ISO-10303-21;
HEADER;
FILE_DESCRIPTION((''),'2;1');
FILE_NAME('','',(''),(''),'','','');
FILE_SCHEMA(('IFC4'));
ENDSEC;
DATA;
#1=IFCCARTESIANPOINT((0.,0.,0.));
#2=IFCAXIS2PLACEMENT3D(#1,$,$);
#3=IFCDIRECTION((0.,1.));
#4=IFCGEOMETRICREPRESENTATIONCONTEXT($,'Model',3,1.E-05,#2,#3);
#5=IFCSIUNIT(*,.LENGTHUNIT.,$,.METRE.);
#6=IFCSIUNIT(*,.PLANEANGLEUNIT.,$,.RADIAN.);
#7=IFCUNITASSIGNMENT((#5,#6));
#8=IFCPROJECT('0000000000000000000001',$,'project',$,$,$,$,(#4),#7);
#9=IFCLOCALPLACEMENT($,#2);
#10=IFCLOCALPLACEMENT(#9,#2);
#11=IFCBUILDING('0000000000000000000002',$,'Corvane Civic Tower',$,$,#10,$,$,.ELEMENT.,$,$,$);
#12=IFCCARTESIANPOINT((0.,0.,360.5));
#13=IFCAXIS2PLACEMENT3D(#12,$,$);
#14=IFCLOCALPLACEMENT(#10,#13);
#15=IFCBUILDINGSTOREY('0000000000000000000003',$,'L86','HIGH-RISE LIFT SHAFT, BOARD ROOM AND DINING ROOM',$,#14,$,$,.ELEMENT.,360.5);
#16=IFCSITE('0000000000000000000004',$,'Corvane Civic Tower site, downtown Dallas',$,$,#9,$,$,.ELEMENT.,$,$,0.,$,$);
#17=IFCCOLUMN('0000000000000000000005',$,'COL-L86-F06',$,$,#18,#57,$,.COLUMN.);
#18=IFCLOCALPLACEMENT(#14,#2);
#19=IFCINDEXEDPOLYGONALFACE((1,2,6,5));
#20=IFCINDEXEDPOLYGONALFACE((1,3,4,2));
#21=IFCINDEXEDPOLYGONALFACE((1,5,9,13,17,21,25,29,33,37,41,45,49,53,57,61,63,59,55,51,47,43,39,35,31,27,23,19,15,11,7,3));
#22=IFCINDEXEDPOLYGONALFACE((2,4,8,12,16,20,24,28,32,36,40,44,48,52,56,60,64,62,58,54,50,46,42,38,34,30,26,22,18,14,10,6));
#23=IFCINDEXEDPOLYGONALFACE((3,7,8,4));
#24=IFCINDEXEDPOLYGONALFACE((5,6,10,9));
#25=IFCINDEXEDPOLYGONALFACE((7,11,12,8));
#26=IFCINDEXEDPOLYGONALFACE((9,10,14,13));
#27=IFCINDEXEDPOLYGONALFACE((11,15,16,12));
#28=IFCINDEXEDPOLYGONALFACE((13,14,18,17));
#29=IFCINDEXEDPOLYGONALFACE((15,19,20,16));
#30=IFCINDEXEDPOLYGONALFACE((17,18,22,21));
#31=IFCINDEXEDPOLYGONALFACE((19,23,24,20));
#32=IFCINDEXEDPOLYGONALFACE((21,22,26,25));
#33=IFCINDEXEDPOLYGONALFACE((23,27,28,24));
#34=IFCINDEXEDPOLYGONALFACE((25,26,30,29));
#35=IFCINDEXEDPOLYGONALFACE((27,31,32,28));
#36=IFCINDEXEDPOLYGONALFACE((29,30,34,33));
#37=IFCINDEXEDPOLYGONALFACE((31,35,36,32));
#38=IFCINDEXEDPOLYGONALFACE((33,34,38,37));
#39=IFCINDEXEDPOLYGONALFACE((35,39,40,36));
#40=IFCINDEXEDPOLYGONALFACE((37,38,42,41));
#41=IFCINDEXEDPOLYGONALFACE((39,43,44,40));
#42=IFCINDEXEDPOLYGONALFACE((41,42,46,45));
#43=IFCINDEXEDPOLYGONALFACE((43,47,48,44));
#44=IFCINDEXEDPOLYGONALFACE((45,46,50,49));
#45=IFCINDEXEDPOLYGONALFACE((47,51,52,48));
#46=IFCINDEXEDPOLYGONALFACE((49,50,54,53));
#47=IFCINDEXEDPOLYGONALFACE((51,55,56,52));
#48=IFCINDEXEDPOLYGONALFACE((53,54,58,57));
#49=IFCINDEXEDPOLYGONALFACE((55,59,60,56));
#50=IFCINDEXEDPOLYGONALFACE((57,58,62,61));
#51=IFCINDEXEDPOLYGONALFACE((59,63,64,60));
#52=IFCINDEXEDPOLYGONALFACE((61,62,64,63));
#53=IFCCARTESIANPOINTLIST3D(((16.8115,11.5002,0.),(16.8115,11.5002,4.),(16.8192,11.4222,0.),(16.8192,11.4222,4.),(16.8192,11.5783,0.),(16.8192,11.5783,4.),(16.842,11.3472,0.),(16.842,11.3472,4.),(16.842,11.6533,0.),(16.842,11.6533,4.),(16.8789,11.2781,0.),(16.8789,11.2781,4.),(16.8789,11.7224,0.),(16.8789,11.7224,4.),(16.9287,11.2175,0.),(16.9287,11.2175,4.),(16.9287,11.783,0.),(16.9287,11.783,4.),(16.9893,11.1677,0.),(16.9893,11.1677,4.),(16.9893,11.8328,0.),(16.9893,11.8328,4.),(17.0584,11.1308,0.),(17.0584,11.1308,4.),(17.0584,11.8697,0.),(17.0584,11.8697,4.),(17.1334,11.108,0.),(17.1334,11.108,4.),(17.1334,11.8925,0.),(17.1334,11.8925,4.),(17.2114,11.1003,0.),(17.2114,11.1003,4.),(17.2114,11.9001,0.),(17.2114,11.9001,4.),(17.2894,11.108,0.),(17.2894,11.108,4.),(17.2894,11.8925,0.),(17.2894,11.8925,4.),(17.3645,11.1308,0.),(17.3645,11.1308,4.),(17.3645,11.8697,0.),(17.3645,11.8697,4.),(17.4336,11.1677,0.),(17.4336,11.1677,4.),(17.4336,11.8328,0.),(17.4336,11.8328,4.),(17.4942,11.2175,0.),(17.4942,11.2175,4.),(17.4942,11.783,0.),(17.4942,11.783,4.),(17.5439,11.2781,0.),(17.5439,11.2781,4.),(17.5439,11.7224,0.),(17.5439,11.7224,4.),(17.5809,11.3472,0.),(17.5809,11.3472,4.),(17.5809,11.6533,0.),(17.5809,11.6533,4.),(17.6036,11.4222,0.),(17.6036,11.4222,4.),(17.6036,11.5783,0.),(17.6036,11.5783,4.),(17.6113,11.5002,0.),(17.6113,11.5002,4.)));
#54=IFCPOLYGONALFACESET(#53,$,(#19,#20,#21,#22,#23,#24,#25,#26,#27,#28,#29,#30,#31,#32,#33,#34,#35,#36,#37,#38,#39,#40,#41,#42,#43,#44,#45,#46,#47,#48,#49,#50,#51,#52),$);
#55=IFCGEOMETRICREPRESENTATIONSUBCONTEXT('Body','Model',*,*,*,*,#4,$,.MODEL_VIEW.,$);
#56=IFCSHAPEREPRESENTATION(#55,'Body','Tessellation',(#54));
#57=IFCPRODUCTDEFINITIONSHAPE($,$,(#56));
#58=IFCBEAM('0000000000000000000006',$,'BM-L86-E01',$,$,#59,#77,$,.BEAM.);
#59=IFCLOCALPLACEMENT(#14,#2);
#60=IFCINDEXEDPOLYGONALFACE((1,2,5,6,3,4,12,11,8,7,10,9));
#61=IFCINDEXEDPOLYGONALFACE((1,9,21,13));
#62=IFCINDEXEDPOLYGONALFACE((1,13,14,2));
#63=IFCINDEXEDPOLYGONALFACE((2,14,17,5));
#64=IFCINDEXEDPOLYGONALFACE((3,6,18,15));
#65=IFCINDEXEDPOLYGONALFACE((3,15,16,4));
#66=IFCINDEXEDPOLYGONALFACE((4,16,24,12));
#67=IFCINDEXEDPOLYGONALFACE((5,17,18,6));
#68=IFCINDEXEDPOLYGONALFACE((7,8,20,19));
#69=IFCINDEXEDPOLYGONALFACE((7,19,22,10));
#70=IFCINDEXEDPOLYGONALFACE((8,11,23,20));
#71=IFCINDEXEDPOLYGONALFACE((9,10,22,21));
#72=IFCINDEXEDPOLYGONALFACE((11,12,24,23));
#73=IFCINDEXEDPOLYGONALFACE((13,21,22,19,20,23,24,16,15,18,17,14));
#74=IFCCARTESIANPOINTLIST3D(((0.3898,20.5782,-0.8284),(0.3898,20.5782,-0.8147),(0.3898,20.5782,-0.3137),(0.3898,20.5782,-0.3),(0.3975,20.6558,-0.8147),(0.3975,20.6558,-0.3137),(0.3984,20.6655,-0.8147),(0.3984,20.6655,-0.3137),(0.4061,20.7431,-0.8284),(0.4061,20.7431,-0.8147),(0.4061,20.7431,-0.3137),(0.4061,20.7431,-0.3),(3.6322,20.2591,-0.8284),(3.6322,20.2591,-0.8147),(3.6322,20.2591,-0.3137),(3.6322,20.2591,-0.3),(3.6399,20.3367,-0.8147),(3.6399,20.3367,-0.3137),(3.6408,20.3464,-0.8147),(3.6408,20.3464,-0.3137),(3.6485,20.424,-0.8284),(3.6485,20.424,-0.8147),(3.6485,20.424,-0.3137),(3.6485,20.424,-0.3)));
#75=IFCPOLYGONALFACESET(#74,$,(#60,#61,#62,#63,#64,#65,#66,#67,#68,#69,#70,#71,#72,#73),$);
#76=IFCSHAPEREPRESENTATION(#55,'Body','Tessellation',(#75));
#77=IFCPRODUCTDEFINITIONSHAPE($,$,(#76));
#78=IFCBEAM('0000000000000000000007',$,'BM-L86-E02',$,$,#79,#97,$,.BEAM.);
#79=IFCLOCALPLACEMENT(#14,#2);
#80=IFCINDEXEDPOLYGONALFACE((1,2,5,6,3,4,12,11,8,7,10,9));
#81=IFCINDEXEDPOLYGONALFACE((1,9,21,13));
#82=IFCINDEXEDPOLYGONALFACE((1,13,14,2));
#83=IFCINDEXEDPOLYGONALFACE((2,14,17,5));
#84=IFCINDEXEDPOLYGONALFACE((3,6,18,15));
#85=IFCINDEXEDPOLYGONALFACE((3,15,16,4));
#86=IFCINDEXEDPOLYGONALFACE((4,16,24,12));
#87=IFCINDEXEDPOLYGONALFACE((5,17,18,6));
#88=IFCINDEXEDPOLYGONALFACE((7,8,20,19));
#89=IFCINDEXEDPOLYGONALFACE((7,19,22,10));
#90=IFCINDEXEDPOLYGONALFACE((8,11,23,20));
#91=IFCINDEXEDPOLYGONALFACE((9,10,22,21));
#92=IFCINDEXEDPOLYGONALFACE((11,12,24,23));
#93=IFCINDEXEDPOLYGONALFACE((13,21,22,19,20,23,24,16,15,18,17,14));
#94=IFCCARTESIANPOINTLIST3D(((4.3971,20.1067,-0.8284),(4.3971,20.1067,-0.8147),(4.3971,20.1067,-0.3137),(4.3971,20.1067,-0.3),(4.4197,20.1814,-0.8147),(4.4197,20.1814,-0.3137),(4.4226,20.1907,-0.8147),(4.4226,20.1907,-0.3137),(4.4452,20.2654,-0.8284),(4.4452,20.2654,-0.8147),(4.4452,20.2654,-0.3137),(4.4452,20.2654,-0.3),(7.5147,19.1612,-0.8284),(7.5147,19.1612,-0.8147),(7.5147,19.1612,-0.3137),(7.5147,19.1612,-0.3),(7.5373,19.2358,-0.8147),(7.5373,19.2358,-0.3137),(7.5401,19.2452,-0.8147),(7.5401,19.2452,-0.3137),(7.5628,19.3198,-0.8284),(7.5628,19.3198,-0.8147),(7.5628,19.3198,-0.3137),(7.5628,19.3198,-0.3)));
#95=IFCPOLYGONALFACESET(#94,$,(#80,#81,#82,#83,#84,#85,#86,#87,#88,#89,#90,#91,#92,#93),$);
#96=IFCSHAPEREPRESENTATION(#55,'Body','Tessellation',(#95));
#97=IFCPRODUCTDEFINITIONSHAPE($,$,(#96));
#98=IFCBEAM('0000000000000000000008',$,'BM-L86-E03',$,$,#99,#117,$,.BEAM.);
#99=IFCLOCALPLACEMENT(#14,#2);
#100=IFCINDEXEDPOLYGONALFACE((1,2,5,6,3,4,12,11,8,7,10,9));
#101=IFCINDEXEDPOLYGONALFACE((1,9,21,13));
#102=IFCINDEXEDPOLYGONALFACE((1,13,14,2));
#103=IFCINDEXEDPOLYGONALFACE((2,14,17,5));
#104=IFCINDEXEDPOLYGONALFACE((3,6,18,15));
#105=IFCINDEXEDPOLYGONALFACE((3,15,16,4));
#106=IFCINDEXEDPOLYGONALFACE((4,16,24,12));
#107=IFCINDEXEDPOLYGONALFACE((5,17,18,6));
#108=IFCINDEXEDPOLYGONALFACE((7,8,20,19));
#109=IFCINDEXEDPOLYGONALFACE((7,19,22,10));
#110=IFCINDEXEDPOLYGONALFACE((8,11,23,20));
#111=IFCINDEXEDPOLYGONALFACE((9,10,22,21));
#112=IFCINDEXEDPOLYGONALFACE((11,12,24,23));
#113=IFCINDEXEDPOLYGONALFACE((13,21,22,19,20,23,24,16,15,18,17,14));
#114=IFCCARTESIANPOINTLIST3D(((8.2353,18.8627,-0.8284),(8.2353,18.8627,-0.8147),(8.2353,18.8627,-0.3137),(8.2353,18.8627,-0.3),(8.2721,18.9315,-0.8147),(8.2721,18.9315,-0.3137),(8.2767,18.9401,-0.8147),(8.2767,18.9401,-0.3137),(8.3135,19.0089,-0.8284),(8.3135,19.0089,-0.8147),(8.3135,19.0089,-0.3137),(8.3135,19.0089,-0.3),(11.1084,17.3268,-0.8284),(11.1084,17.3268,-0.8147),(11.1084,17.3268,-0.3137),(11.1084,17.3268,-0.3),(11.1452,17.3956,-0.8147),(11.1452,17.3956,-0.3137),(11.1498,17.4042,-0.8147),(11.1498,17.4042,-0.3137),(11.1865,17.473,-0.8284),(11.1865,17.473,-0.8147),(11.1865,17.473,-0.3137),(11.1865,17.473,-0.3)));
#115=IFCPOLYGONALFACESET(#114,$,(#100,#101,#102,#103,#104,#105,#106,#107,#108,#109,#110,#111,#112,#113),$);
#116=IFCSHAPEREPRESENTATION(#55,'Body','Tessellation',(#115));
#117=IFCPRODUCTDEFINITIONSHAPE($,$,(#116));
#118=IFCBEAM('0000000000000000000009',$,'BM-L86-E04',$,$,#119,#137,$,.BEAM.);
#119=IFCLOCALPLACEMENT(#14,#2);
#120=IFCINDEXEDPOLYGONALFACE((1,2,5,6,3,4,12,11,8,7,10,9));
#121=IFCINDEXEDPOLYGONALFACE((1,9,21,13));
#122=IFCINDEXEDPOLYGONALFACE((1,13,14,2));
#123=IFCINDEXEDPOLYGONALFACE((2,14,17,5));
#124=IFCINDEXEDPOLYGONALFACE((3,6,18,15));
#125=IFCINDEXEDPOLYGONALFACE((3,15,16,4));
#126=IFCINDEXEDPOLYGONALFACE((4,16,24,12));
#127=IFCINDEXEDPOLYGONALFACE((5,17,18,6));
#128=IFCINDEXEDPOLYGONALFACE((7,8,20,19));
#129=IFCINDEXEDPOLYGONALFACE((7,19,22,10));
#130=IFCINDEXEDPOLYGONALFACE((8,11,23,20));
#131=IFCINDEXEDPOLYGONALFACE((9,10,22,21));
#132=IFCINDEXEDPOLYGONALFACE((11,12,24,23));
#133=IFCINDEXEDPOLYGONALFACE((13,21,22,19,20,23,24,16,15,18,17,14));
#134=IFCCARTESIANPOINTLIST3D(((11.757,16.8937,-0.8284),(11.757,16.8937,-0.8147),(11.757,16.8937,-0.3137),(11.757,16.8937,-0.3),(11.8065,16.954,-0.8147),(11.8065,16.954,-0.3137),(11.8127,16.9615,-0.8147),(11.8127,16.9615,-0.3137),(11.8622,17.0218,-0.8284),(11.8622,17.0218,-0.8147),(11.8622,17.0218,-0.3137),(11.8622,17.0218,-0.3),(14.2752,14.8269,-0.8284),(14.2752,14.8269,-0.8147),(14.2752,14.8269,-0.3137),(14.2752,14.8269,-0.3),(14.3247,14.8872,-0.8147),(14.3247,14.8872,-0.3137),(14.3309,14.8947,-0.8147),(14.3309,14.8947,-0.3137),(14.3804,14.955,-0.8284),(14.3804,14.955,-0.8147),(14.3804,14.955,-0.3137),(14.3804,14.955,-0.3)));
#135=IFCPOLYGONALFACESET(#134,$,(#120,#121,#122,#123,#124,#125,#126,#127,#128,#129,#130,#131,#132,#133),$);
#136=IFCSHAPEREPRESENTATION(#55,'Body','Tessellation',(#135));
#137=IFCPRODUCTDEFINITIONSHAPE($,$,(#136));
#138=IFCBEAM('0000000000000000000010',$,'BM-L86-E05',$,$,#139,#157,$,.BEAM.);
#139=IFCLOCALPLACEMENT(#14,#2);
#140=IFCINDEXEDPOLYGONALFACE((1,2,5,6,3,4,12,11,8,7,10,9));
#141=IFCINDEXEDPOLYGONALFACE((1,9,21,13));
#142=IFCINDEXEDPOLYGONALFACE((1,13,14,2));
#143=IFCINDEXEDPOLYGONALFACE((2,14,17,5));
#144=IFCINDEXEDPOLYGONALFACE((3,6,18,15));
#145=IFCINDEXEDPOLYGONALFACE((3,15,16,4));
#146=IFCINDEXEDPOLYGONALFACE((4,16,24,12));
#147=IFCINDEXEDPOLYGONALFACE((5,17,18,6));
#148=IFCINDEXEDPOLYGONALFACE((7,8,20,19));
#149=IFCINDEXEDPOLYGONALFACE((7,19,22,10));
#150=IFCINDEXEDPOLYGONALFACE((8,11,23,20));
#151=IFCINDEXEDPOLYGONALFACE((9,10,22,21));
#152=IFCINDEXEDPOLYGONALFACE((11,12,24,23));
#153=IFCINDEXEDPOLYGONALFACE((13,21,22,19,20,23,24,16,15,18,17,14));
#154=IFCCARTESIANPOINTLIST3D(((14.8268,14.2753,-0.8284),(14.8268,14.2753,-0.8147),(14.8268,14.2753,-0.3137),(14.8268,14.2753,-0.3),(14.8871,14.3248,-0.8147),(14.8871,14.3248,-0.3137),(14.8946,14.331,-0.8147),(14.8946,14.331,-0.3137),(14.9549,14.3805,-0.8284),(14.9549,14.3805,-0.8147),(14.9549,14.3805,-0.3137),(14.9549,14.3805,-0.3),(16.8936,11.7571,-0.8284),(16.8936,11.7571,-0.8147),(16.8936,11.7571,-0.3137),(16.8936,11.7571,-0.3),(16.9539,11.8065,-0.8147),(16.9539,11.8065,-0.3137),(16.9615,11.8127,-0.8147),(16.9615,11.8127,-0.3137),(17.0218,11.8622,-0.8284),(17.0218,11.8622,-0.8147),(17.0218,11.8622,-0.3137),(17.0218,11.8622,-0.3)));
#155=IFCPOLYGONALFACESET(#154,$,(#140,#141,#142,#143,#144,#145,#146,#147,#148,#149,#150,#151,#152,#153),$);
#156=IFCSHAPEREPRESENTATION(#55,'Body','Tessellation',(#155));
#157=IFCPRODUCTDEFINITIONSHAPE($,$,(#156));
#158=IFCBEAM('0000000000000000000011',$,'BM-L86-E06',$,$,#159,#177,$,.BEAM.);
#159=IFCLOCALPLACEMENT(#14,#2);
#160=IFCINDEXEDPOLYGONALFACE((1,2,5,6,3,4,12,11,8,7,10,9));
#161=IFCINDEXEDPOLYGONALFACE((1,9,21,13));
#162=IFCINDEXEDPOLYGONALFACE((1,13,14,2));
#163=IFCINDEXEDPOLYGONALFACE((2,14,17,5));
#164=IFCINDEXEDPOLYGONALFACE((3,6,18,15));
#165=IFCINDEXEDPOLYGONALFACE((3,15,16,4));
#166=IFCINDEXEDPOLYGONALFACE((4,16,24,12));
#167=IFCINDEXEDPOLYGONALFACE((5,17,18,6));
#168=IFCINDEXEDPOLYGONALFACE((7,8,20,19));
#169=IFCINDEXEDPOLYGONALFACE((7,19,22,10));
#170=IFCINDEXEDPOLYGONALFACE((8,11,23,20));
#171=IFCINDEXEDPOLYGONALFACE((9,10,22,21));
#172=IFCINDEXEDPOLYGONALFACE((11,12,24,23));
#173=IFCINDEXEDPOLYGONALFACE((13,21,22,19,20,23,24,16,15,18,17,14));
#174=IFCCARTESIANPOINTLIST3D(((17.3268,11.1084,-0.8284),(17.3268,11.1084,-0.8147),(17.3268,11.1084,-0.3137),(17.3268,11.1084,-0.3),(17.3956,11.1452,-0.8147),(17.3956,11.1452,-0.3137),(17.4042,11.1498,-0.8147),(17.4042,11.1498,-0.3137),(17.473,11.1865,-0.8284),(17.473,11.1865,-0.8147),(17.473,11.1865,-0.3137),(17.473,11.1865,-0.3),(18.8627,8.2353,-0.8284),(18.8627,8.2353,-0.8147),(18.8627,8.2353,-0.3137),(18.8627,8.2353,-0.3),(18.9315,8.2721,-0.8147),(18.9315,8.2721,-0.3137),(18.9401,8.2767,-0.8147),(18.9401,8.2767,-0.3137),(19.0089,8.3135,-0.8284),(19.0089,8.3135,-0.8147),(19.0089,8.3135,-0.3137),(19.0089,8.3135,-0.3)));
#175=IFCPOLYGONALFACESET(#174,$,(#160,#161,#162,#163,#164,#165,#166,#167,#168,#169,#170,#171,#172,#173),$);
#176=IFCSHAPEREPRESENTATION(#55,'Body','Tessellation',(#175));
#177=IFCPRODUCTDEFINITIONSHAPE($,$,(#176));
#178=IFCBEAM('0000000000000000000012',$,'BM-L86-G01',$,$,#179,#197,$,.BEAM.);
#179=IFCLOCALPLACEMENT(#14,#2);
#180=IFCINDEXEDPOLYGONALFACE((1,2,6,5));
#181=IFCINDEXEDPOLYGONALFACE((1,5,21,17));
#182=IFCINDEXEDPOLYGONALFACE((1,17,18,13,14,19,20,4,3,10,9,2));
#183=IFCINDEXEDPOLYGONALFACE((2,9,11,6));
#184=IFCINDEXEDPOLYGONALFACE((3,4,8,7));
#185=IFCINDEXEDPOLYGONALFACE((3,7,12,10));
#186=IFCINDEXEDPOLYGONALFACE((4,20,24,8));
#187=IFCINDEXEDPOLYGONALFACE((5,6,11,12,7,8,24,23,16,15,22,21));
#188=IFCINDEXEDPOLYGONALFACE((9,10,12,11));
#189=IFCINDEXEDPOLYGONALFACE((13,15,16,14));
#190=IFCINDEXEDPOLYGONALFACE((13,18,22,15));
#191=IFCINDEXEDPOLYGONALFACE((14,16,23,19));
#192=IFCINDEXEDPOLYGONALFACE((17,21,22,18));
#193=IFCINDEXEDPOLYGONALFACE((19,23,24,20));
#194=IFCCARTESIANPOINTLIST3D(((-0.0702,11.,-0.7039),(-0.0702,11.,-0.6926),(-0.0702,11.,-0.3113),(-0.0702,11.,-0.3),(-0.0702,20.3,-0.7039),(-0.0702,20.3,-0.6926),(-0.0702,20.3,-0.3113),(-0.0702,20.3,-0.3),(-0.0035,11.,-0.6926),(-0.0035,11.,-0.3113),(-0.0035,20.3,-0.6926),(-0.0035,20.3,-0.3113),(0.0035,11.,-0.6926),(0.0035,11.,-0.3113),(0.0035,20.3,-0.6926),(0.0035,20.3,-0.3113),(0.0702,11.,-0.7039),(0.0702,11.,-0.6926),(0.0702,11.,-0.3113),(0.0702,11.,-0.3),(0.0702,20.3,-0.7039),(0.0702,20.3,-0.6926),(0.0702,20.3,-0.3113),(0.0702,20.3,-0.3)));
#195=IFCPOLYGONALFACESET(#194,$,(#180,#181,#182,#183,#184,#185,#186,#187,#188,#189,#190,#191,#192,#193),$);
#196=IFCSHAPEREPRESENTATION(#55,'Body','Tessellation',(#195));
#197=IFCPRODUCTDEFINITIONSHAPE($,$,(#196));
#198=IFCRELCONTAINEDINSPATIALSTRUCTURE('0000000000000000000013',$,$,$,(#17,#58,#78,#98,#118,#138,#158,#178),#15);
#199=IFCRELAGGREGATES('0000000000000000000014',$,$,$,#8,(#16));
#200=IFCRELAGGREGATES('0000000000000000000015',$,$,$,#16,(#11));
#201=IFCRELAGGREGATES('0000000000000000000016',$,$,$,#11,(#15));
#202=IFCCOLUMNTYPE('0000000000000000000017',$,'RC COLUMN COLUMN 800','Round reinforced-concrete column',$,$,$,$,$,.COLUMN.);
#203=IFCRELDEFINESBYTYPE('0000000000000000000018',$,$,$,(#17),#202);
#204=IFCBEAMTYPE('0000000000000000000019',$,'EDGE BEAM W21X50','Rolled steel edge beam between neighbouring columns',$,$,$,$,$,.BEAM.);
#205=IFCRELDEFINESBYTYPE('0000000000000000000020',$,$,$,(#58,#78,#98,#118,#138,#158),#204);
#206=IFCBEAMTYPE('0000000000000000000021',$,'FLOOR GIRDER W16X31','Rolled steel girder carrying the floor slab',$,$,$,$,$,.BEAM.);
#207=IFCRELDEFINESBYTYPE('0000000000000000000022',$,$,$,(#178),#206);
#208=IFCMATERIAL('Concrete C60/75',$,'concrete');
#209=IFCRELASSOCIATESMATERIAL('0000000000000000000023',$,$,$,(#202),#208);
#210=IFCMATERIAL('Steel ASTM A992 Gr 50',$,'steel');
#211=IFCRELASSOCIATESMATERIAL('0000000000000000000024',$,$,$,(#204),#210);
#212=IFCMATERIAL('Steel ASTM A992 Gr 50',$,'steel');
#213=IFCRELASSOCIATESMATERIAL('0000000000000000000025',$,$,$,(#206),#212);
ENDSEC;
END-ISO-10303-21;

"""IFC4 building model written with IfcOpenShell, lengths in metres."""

from ifc_helpers import new_model, si_unit, direction, frame, origin, origin_2d, place, context, subcontext, project, spatial, circle, i_section, extrude, material, material_profile, profile_set, type_object, element, save


model = new_model("IFC4")

# Units and contexts
model_context = context("Model", 3, precision=1e-05, world=origin(), true_north=direction((0.0, 1.0)))
body_context = subcontext(model_context, "Body", "Model", "MODEL_VIEW")
ifc_project = project(units=[si_unit("LENGTHUNIT", "METRE"), si_unit("PLANEANGLEUNIT", "RADIAN")], contexts=[model_context])

# Site, building, storey
site_placement = place(None, origin())
site = spatial("IfcSite", under=ifc_project, at=site_placement, Name="Corvane Civic Tower site, downtown Dallas", CompositionType="ELEMENT", RefElevation=0.0)
building_placement = place(site_placement, origin())
building = spatial("IfcBuilding", under=site, at=building_placement, Name="Corvane Civic Tower", CompositionType="ELEMENT")
storey_placement = place(building_placement, frame((0.0, 0.0, 360.5)))
storey = spatial("IfcBuildingStorey", under=building, at=storey_placement, Name="L86", Description="HIGH-RISE LIFT SHAFT, BOARD ROOM AND DINING ROOM", CompositionType="ELEMENT", Elevation=360.5)

# Column
ifc_material_1 = material(Name="Concrete C60/75", Category="concrete")
ifc_material_profile_1 = material_profile(ifc_material_1, circle(Radius=0.3999, at=origin_2d()), Name="COLUMN 800")
ifc_profile_set_1 = profile_set([ifc_material_profile_1], Name="Concrete C60/75")
column_type = type_object("IfcColumnType", Name="RC COLUMN COLUMN 800", Description="Round reinforced-concrete column", PredefinedType="COLUMN", material=ifc_profile_set_1)
for number, where, z_axis, x_axis, name in (
    (1, (17.2114, 11.5002, 0.0), (0.0, 0.0, 1.0), (1.0, 0.0, 0.0), "COL-L86-F06"),
):
    element("IfcColumn", number, at=place(storey_placement, frame(where, z_axis=z_axis, x_axis=x_axis)), inside=storey, type_object=column_type, Name=name, PredefinedType="COLUMN", context=body_context, shape_type="SweptSolid", body=[
        extrude(circle(Radius=0.3999, at=origin_2d()), origin(), (0.0, 0.0, 1.0), 4.0),
    ])

# Beams
ifc_material_2 = material(Name="Steel ASTM A992 Gr 50", Category="steel")
ifc_material_profile_2 = material_profile(ifc_material_2, i_section(OverallWidth=0.1658, OverallDepth=0.5283, WebThickness=0.0098, FlangeThickness=0.0137, at=origin_2d()), Name="W21X50")
ifc_profile_set_2 = profile_set([ifc_material_profile_2], Name="Steel ASTM A992 Gr 50")
beam_type_1 = type_object("IfcBeamType", Name="EDGE BEAM W21X50", Description="Rolled steel edge beam between neighbouring columns", PredefinedType="BEAM", material=ifc_profile_set_2)
beam_1_placement = place(storey_placement, frame((0.3979, 20.6606, -0.5642), z_axis=(0.995193, -0.097938, 0.0), x_axis=(0.097938, 0.995193, 0.0)))
element("IfcBeam", 2, at=beam_1_placement, inside=storey, type_object=beam_type_1, Name="BM-L86-E01", PredefinedType="BEAM", context=body_context, shape_type="SweptSolid", body=[
    extrude(i_section(OverallWidth=0.1658, OverallDepth=0.5283, WebThickness=0.0098, FlangeThickness=0.0137, at=origin_2d()), origin(), (0.0, 0.0, 1.0), 3.2581),
])
for number, where, z_axis, x_axis, name in (
    (3, (4.4211, 20.186, -0.5642), (0.956956, -0.290234, 0.0), (0.290234, 0.956956, 0.0), "BM-L86-E02"),
    (4, (8.2744, 18.9358, -0.5642), (0.881894, -0.471448, 0.0), (0.471448, 0.881894, 0.0), "BM-L86-E03"),
    (5, (11.8096, 16.9578, -0.5642), (0.772985, -0.634425, 0.0), (0.634425, 0.772985, 0.0), "BM-L86-E04"),
    (6, (14.8909, 14.3279, -0.5642), (0.634425, -0.772985, 0.0), (0.772985, 0.634425, 0.0), "BM-L86-E05"),
    (7, (17.3999, 11.1475, -0.5642), (0.471448, -0.881894, 0.0), (0.881894, 0.471448, 0.0), "BM-L86-E06"),
):
    element("IfcBeam", number, at=place(storey_placement, frame(where, z_axis=z_axis, x_axis=x_axis)), inside=storey, type_object=beam_type_1, Name=name, PredefinedType="BEAM", context=body_context, shape_type="SweptSolid", body=[
        extrude(i_section(OverallWidth=0.1658, OverallDepth=0.5283, WebThickness=0.0098, FlangeThickness=0.0137, at=origin_2d()), origin(), (0.0, 0.0, 1.0), 3.2578),
    ])
ifc_material_3 = material(Name="Steel ASTM A992 Gr 50", Category="steel")
ifc_material_profile_3 = material_profile(ifc_material_3, i_section(OverallWidth=0.1404, OverallDepth=0.4038, WebThickness=0.0071, FlangeThickness=0.0112, at=origin_2d()), Name="W16X31")
ifc_profile_set_3 = profile_set([ifc_material_profile_3], Name="Steel ASTM A992 Gr 50")
beam_type_2 = type_object("IfcBeamType", Name="FLOOR GIRDER W16X31", Description="Rolled steel girder carrying the floor slab", PredefinedType="BEAM", material=ifc_profile_set_3)
beam_2_placement = place(storey_placement, frame((0.0, 11.0, -0.502), z_axis=(0.0, 1.0, 0.0), x_axis=(-1.0, 0.0, 0.0)))
element("IfcBeam", 8, at=beam_2_placement, inside=storey, type_object=beam_type_2, Name="BM-L86-G01", PredefinedType="BEAM", context=body_context, shape_type="SweptSolid", body=[
    extrude(i_section(OverallWidth=0.1404, OverallDepth=0.4038, WebThickness=0.0071, FlangeThickness=0.0112, at=origin_2d()), origin(), (0.0, 0.0, 1.0), 9.3),
])

save(model, "model.ifc")
